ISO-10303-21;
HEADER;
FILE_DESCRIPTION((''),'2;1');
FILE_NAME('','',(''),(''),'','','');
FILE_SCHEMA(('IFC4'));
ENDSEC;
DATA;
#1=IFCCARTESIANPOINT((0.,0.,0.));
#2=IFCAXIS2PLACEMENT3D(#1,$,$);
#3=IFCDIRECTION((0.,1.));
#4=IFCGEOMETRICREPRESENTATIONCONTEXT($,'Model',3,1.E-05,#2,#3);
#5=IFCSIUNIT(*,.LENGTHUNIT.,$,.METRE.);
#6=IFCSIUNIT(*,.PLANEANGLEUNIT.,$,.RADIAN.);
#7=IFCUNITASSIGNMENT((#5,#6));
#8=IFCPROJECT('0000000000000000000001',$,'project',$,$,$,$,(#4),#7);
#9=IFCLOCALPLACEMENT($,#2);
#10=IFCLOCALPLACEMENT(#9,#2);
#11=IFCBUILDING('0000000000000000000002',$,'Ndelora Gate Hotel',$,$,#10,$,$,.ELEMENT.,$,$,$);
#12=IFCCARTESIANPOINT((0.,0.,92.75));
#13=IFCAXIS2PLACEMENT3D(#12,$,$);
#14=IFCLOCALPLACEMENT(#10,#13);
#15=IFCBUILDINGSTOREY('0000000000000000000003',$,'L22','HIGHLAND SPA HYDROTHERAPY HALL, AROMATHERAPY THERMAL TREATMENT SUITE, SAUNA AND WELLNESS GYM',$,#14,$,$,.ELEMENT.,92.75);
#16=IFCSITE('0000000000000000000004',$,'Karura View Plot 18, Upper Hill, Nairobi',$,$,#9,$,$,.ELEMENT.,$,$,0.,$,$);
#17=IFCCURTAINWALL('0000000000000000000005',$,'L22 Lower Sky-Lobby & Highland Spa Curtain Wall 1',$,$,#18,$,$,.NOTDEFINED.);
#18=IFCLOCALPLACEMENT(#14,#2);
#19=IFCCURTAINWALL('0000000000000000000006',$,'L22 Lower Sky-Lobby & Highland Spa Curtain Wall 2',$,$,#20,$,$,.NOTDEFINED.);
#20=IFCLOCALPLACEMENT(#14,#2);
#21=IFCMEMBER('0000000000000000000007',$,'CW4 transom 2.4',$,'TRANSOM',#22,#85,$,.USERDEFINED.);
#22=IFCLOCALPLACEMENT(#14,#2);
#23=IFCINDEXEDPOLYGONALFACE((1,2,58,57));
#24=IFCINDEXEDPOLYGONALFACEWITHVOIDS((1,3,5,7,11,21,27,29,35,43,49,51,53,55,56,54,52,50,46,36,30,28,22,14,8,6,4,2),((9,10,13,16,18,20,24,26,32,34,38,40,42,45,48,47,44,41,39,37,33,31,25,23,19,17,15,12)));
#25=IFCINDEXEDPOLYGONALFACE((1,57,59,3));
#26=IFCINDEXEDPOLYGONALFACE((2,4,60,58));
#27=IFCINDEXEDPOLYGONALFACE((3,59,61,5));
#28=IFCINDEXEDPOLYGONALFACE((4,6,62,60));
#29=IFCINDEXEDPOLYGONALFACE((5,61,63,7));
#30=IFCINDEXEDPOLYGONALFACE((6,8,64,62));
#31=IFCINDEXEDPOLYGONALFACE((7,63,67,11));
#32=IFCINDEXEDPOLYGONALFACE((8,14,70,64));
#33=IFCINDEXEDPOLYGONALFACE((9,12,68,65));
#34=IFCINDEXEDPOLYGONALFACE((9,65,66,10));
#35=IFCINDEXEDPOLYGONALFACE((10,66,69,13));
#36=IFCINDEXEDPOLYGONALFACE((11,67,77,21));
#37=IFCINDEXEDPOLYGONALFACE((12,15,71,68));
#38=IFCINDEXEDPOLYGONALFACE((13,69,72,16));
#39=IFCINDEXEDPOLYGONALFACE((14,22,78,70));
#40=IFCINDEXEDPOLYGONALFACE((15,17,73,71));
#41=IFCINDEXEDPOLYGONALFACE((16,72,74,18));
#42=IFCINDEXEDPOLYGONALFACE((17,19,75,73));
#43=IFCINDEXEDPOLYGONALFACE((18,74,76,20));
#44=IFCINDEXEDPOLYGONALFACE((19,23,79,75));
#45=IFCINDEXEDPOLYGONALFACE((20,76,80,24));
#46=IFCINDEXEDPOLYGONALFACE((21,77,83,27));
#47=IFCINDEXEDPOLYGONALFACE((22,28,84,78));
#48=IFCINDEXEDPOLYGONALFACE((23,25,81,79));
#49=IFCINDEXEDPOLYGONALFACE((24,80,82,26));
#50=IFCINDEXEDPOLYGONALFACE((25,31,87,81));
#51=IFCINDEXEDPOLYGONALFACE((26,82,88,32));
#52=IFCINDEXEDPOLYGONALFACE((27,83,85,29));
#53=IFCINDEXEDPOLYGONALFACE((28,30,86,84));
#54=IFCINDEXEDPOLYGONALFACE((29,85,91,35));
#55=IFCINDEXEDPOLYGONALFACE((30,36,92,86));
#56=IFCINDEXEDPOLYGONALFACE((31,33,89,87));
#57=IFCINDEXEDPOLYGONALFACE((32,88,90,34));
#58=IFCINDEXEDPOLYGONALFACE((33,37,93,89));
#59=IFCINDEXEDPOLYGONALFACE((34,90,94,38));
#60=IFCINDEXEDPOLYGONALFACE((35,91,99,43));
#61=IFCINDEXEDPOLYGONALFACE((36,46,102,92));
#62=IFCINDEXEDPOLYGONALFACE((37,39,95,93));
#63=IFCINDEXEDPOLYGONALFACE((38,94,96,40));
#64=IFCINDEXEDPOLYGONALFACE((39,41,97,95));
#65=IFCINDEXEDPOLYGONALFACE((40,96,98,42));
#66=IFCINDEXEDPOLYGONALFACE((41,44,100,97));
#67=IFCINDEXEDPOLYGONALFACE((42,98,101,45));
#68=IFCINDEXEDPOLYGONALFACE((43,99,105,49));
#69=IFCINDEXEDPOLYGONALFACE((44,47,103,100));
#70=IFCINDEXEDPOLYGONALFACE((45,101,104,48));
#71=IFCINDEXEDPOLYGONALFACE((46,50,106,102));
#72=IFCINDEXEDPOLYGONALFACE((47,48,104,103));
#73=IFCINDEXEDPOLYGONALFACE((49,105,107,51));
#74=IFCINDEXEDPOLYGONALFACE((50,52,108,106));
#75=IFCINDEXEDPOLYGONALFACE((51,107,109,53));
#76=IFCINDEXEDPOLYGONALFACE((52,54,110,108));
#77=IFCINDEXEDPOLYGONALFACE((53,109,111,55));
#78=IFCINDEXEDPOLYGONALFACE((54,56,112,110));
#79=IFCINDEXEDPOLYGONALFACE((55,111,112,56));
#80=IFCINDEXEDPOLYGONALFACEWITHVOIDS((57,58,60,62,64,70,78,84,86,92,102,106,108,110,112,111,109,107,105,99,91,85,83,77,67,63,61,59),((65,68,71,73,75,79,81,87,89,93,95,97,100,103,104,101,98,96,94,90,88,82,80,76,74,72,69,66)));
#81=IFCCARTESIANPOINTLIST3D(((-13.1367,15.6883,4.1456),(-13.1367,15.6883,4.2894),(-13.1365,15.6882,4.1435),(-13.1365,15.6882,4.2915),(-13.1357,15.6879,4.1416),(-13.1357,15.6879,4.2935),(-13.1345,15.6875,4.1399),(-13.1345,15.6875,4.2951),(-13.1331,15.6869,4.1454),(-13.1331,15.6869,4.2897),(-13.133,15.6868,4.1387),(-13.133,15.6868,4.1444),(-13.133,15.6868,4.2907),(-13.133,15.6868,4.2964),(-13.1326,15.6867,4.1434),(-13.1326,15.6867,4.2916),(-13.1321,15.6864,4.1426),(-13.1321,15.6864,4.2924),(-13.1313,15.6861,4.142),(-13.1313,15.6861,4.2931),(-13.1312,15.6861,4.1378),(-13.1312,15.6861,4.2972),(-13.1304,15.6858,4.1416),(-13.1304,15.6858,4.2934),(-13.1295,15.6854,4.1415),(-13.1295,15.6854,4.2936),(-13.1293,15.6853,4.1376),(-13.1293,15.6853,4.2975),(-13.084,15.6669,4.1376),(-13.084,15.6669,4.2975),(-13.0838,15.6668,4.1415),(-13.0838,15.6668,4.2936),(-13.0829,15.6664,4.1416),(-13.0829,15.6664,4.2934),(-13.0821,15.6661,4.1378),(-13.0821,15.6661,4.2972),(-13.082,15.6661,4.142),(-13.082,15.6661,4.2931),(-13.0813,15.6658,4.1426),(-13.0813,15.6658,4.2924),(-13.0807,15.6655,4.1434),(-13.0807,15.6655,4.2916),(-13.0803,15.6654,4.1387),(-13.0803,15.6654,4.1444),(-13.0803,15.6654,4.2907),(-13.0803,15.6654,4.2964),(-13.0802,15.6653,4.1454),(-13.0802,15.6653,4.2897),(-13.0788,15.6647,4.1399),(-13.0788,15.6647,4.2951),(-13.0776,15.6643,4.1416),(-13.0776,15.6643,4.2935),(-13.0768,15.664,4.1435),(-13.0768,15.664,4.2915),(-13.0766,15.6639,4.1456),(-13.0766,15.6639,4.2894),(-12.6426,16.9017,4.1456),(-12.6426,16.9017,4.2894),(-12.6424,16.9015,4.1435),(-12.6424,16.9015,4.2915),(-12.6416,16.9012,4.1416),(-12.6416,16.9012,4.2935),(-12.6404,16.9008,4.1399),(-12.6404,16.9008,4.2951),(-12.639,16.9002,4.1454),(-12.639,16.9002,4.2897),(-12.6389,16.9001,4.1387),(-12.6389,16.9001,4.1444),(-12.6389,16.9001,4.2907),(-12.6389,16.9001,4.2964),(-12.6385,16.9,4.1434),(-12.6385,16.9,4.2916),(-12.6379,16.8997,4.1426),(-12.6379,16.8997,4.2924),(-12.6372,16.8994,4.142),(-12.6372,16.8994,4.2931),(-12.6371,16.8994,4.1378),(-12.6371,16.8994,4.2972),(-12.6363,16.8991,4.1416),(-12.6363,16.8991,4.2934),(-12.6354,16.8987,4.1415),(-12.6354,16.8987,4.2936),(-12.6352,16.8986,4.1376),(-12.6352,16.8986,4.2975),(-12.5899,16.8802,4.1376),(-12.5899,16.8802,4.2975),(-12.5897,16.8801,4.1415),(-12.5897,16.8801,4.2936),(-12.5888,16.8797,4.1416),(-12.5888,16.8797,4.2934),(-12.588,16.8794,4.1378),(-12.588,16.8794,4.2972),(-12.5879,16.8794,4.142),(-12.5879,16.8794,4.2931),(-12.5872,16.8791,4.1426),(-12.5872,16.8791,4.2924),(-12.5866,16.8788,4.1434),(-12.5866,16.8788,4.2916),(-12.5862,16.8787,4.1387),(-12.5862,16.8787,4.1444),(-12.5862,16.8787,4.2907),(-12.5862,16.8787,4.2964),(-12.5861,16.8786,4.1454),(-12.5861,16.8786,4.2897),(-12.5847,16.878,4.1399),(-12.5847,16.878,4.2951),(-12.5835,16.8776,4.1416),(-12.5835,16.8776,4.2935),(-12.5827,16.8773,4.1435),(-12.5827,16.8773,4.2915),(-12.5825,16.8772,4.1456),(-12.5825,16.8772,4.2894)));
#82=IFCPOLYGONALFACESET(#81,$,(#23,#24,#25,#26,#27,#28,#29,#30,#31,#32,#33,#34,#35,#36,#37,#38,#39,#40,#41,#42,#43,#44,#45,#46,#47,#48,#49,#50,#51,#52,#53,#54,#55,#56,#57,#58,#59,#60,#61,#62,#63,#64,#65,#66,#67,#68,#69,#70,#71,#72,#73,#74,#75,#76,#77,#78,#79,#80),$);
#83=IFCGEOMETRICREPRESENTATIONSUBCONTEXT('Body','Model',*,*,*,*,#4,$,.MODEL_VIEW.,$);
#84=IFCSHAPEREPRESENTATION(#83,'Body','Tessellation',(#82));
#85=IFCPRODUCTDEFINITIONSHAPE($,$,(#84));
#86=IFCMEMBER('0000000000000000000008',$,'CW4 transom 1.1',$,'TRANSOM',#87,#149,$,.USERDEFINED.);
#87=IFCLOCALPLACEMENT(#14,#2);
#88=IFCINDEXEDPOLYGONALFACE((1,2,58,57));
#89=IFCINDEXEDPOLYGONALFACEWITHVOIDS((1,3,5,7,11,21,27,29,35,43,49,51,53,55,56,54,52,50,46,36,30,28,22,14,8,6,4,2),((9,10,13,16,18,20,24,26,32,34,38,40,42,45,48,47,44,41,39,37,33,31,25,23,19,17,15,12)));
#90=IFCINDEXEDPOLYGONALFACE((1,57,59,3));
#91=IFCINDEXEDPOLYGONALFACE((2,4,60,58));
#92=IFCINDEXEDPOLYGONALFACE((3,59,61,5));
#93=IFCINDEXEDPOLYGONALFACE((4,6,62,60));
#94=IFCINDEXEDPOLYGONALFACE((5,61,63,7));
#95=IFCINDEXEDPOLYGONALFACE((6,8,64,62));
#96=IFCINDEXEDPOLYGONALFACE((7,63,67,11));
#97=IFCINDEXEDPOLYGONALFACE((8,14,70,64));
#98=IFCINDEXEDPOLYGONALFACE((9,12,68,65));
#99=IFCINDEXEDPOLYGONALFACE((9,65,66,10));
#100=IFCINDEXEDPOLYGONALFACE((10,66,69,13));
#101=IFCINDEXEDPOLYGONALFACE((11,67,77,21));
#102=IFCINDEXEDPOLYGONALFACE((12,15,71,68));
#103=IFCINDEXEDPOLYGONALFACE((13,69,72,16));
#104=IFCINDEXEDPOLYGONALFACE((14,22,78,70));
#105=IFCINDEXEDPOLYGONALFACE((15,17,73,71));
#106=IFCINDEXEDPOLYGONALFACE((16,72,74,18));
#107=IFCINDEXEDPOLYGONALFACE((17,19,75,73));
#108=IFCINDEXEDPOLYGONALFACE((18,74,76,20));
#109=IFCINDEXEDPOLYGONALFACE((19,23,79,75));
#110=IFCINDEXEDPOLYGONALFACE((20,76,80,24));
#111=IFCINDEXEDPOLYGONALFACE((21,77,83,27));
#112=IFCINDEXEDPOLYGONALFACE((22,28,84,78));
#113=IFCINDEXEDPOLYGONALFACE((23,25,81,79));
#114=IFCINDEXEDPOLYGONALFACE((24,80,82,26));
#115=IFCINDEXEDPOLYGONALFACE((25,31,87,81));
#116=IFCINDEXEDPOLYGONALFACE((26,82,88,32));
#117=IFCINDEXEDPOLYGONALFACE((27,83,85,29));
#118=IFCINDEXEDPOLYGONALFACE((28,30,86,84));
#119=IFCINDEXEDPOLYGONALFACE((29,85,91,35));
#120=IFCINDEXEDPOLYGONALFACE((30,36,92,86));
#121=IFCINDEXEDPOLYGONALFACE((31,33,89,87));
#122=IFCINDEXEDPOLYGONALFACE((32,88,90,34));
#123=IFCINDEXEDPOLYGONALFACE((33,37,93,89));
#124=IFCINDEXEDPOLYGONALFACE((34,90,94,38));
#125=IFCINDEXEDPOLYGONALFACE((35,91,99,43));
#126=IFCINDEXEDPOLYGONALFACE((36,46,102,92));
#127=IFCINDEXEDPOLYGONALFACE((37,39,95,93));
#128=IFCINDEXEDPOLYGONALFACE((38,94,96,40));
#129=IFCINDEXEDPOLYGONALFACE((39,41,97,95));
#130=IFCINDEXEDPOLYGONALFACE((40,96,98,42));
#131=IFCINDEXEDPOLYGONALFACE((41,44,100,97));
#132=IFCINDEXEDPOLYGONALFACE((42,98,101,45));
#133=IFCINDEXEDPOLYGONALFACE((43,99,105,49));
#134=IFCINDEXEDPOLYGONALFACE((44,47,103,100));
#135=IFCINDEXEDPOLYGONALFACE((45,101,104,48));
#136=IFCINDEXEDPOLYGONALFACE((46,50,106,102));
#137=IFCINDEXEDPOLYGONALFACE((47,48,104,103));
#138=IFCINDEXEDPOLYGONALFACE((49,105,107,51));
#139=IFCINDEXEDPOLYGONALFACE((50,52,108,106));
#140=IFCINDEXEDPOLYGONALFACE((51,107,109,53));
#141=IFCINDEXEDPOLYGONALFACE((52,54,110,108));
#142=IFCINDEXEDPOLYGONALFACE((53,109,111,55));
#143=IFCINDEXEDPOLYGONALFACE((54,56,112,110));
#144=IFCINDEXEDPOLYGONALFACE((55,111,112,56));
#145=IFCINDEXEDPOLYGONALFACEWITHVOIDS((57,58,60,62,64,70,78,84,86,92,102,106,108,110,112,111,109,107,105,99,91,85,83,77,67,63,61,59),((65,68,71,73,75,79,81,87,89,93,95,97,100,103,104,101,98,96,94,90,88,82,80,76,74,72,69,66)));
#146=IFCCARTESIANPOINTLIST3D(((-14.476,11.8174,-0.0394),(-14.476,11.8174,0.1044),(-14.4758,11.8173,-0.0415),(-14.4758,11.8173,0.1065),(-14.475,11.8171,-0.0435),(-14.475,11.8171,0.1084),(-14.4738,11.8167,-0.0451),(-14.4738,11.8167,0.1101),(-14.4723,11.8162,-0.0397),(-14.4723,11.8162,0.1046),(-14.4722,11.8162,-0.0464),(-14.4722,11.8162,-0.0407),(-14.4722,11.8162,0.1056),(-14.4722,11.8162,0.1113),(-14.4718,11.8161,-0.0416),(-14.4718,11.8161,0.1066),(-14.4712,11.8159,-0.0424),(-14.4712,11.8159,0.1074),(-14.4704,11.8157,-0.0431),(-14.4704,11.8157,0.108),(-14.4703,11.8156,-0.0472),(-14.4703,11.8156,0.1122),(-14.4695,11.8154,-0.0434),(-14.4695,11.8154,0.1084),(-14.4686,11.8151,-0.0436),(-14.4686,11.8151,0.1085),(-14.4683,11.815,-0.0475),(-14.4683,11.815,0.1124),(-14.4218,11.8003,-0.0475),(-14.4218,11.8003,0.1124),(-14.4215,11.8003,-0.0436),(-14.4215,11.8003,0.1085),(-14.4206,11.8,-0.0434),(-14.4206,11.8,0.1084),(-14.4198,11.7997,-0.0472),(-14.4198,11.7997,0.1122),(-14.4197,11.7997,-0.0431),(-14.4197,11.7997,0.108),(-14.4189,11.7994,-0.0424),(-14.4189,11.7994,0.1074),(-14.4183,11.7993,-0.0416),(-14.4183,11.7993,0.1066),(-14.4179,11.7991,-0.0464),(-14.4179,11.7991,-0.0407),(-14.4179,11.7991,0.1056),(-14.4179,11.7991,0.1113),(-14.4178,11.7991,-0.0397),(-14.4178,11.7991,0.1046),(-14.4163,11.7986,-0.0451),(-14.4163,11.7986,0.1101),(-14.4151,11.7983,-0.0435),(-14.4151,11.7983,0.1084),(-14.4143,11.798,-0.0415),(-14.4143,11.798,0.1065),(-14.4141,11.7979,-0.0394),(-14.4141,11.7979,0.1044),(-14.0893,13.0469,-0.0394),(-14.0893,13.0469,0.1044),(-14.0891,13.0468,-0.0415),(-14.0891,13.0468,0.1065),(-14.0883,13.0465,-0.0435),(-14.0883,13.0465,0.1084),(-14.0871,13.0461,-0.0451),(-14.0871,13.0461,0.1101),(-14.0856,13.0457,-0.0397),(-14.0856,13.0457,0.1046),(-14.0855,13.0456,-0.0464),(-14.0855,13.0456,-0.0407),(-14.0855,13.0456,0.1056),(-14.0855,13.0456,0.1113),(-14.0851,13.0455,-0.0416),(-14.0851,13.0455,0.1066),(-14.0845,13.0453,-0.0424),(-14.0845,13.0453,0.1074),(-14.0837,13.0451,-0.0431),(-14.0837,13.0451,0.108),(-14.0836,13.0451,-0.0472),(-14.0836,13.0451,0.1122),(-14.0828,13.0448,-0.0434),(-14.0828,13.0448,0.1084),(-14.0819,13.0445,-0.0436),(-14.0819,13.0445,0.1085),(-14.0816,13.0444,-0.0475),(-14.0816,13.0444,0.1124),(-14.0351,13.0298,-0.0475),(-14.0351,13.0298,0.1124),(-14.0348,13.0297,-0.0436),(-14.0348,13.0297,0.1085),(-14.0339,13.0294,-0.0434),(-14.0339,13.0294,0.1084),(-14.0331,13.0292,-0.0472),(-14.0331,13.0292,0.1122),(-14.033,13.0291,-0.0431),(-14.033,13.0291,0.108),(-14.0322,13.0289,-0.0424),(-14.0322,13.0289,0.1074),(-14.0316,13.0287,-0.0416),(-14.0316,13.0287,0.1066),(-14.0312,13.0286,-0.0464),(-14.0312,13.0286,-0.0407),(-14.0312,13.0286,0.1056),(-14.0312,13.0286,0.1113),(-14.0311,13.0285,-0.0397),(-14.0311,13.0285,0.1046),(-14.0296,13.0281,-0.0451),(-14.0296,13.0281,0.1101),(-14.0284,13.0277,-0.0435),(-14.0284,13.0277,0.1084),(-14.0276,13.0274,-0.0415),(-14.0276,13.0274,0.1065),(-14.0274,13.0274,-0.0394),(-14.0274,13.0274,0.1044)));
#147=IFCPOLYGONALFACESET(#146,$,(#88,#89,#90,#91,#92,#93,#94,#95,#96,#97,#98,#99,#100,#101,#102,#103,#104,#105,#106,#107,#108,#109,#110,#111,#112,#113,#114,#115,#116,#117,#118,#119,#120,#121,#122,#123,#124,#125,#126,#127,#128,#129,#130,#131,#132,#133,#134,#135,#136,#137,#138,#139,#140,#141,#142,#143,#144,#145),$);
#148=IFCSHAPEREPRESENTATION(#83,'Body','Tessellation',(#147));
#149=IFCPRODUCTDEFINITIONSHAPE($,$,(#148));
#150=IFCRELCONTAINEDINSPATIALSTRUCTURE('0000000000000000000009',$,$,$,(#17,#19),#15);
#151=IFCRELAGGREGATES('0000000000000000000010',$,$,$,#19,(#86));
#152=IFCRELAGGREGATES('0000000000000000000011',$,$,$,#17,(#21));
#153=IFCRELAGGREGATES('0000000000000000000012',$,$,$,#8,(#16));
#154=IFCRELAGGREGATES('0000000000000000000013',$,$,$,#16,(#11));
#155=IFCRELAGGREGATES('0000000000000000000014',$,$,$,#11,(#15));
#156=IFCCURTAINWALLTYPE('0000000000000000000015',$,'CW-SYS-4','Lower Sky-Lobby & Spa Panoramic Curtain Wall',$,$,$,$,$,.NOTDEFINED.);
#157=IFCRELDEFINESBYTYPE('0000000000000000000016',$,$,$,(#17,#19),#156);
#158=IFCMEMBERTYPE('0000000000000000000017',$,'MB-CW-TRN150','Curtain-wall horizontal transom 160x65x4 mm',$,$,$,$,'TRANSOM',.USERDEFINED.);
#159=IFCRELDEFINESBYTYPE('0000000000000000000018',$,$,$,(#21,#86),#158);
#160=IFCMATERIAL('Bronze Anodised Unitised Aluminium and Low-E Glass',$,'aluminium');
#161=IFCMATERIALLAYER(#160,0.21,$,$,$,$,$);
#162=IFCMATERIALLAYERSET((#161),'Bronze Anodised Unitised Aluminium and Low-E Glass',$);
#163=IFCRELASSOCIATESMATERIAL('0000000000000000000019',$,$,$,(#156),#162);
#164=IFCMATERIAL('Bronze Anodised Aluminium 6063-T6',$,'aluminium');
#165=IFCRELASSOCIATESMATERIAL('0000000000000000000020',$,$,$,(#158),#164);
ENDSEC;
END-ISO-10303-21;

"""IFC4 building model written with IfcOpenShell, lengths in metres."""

from ifc_helpers import new_model, si_unit, direction, frame, origin, origin_2d, place, context, subcontext, project, spatial, hollow_rectangle, extrude, material, layer, layer_set, material_profile, profile_set, type_object, element, aggregate, save


model = new_model("IFC4")

# Units and contexts
model_context = context("Model", 3, precision=1e-05, world=origin(), true_north=direction((0.0, 1.0)))
body_context = subcontext(model_context, "Body", "Model", "MODEL_VIEW")
ifc_project = project(units=[si_unit("LENGTHUNIT", "METRE"), si_unit("PLANEANGLEUNIT", "RADIAN")], contexts=[model_context])

# Site, building, storey
site_placement = place(None, origin())
site = spatial("IfcSite", under=ifc_project, at=site_placement, Name="Karura View Plot 18, Upper Hill, Nairobi", CompositionType="ELEMENT", RefElevation=0.0)
building_placement = place(site_placement, origin())
building = spatial("IfcBuilding", under=site, at=building_placement, Name="Ndelora Gate Hotel", CompositionType="ELEMENT")
storey_placement = place(building_placement, frame((0.0, 0.0, 92.75)))
storey = spatial("IfcBuildingStorey", under=building, at=storey_placement, Name="L22", Description="HIGHLAND SPA HYDROTHERAPY HALL, AROMATHERAPY THERMAL TREATMENT SUITE, SAUNA AND WELLNESS GYM", CompositionType="ELEMENT", Elevation=92.75)

# Curtain wall
ifc_material_1 = material(Name="Bronze Anodised Unitised Aluminium and Low-E Glass", Category="aluminium")
ifc_layer_1 = layer(ifc_material_1, 0.21)
ifc_layer_set_1 = layer_set([ifc_layer_1], Name="Bronze Anodised Unitised Aluminium and Low-E Glass")
curtain_wall_type = type_object("IfcCurtainWallType", Name="CW-SYS-4", Description="Lower Sky-Lobby & Spa Panoramic Curtain Wall", PredefinedType="NOTDEFINED", material=ifc_layer_set_1)
curtain_wall_1_placement = place(storey_placement, origin())
curtain_wall_1 = element("IfcCurtainWall", 1, at=curtain_wall_1_placement, inside=storey, type_object=curtain_wall_type, Name="L22 Lower Sky-Lobby & Highland Spa Curtain Wall 1", PredefinedType="NOTDEFINED")
ifc_material_2 = material(Name="Bronze Anodised Aluminium 6063-T6", Category="aluminium")

# Curtain wall
curtain_wall_2_placement = place(storey_placement, origin())
curtain_wall_2 = element("IfcCurtainWall", 2, at=curtain_wall_2_placement, inside=storey, type_object=curtain_wall_type, Name="L22 Lower Sky-Lobby & Highland Spa Curtain Wall 2", PredefinedType="NOTDEFINED")

# Members
ifc_material_profile_1 = material_profile(ifc_material_2, hollow_rectangle(XDim=0.0649, YDim=0.1599, WallThickness=0.0039, InnerFilletRadius=0.0039, OuterFilletRadius=0.0081, at=origin_2d()), Name="ALU 160x65x4")
ifc_profile_set_1 = profile_set([ifc_material_profile_1], Name="Bronze Anodised Aluminium 6063-T6")
member_type_1 = type_object("IfcMemberType", Name="MB-CW-TRN150", Description="Curtain-wall horizontal transom 160x65x4 mm", ElementType="TRANSOM", PredefinedType="USERDEFINED", material=ifc_profile_set_1)
member_1_placement = place(storey_placement, frame((-12.6125, 16.8894, 4.2175), z_axis=(-0.377167, -0.926145, 0.0), x_axis=(0.926145, -0.377167, 0.0)))
member_1 = element("IfcMember", 3, at=member_1_placement, type_object=member_type_1, Name="CW4 transom 2.4", ObjectType="TRANSOM", PredefinedType="USERDEFINED", context=body_context, shape_type="SweptSolid", body=[
    extrude(hollow_rectangle(XDim=0.0649, YDim=0.1599, WallThickness=0.0039, InnerFilletRadius=0.0039, OuterFilletRadius=0.0081, at=origin_2d()), origin(), (0.0, 0.0, 1.0), 1.3101),
])
member_2_placement = place(storey_placement, frame((-14.0583, 13.0371, 0.0325), z_axis=(-0.300043, -0.953926, 0.0), x_axis=(0.953926, -0.300043, 0.0)))
member_2 = element("IfcMember", 4, at=member_2_placement, type_object=member_type_1, Name="CW4 transom 1.1", ObjectType="TRANSOM", PredefinedType="USERDEFINED", context=body_context, shape_type="SweptSolid", body=[
    extrude(hollow_rectangle(XDim=0.0649, YDim=0.1599, WallThickness=0.0039, InnerFilletRadius=0.0039, OuterFilletRadius=0.0081, at=origin_2d()), origin(), (0.0, 0.0, 1.0), 1.2888),
])
aggregate(curtain_wall_2, [member_2])

aggregate(curtain_wall_1, [member_1])

save(model, "model.ifc")
